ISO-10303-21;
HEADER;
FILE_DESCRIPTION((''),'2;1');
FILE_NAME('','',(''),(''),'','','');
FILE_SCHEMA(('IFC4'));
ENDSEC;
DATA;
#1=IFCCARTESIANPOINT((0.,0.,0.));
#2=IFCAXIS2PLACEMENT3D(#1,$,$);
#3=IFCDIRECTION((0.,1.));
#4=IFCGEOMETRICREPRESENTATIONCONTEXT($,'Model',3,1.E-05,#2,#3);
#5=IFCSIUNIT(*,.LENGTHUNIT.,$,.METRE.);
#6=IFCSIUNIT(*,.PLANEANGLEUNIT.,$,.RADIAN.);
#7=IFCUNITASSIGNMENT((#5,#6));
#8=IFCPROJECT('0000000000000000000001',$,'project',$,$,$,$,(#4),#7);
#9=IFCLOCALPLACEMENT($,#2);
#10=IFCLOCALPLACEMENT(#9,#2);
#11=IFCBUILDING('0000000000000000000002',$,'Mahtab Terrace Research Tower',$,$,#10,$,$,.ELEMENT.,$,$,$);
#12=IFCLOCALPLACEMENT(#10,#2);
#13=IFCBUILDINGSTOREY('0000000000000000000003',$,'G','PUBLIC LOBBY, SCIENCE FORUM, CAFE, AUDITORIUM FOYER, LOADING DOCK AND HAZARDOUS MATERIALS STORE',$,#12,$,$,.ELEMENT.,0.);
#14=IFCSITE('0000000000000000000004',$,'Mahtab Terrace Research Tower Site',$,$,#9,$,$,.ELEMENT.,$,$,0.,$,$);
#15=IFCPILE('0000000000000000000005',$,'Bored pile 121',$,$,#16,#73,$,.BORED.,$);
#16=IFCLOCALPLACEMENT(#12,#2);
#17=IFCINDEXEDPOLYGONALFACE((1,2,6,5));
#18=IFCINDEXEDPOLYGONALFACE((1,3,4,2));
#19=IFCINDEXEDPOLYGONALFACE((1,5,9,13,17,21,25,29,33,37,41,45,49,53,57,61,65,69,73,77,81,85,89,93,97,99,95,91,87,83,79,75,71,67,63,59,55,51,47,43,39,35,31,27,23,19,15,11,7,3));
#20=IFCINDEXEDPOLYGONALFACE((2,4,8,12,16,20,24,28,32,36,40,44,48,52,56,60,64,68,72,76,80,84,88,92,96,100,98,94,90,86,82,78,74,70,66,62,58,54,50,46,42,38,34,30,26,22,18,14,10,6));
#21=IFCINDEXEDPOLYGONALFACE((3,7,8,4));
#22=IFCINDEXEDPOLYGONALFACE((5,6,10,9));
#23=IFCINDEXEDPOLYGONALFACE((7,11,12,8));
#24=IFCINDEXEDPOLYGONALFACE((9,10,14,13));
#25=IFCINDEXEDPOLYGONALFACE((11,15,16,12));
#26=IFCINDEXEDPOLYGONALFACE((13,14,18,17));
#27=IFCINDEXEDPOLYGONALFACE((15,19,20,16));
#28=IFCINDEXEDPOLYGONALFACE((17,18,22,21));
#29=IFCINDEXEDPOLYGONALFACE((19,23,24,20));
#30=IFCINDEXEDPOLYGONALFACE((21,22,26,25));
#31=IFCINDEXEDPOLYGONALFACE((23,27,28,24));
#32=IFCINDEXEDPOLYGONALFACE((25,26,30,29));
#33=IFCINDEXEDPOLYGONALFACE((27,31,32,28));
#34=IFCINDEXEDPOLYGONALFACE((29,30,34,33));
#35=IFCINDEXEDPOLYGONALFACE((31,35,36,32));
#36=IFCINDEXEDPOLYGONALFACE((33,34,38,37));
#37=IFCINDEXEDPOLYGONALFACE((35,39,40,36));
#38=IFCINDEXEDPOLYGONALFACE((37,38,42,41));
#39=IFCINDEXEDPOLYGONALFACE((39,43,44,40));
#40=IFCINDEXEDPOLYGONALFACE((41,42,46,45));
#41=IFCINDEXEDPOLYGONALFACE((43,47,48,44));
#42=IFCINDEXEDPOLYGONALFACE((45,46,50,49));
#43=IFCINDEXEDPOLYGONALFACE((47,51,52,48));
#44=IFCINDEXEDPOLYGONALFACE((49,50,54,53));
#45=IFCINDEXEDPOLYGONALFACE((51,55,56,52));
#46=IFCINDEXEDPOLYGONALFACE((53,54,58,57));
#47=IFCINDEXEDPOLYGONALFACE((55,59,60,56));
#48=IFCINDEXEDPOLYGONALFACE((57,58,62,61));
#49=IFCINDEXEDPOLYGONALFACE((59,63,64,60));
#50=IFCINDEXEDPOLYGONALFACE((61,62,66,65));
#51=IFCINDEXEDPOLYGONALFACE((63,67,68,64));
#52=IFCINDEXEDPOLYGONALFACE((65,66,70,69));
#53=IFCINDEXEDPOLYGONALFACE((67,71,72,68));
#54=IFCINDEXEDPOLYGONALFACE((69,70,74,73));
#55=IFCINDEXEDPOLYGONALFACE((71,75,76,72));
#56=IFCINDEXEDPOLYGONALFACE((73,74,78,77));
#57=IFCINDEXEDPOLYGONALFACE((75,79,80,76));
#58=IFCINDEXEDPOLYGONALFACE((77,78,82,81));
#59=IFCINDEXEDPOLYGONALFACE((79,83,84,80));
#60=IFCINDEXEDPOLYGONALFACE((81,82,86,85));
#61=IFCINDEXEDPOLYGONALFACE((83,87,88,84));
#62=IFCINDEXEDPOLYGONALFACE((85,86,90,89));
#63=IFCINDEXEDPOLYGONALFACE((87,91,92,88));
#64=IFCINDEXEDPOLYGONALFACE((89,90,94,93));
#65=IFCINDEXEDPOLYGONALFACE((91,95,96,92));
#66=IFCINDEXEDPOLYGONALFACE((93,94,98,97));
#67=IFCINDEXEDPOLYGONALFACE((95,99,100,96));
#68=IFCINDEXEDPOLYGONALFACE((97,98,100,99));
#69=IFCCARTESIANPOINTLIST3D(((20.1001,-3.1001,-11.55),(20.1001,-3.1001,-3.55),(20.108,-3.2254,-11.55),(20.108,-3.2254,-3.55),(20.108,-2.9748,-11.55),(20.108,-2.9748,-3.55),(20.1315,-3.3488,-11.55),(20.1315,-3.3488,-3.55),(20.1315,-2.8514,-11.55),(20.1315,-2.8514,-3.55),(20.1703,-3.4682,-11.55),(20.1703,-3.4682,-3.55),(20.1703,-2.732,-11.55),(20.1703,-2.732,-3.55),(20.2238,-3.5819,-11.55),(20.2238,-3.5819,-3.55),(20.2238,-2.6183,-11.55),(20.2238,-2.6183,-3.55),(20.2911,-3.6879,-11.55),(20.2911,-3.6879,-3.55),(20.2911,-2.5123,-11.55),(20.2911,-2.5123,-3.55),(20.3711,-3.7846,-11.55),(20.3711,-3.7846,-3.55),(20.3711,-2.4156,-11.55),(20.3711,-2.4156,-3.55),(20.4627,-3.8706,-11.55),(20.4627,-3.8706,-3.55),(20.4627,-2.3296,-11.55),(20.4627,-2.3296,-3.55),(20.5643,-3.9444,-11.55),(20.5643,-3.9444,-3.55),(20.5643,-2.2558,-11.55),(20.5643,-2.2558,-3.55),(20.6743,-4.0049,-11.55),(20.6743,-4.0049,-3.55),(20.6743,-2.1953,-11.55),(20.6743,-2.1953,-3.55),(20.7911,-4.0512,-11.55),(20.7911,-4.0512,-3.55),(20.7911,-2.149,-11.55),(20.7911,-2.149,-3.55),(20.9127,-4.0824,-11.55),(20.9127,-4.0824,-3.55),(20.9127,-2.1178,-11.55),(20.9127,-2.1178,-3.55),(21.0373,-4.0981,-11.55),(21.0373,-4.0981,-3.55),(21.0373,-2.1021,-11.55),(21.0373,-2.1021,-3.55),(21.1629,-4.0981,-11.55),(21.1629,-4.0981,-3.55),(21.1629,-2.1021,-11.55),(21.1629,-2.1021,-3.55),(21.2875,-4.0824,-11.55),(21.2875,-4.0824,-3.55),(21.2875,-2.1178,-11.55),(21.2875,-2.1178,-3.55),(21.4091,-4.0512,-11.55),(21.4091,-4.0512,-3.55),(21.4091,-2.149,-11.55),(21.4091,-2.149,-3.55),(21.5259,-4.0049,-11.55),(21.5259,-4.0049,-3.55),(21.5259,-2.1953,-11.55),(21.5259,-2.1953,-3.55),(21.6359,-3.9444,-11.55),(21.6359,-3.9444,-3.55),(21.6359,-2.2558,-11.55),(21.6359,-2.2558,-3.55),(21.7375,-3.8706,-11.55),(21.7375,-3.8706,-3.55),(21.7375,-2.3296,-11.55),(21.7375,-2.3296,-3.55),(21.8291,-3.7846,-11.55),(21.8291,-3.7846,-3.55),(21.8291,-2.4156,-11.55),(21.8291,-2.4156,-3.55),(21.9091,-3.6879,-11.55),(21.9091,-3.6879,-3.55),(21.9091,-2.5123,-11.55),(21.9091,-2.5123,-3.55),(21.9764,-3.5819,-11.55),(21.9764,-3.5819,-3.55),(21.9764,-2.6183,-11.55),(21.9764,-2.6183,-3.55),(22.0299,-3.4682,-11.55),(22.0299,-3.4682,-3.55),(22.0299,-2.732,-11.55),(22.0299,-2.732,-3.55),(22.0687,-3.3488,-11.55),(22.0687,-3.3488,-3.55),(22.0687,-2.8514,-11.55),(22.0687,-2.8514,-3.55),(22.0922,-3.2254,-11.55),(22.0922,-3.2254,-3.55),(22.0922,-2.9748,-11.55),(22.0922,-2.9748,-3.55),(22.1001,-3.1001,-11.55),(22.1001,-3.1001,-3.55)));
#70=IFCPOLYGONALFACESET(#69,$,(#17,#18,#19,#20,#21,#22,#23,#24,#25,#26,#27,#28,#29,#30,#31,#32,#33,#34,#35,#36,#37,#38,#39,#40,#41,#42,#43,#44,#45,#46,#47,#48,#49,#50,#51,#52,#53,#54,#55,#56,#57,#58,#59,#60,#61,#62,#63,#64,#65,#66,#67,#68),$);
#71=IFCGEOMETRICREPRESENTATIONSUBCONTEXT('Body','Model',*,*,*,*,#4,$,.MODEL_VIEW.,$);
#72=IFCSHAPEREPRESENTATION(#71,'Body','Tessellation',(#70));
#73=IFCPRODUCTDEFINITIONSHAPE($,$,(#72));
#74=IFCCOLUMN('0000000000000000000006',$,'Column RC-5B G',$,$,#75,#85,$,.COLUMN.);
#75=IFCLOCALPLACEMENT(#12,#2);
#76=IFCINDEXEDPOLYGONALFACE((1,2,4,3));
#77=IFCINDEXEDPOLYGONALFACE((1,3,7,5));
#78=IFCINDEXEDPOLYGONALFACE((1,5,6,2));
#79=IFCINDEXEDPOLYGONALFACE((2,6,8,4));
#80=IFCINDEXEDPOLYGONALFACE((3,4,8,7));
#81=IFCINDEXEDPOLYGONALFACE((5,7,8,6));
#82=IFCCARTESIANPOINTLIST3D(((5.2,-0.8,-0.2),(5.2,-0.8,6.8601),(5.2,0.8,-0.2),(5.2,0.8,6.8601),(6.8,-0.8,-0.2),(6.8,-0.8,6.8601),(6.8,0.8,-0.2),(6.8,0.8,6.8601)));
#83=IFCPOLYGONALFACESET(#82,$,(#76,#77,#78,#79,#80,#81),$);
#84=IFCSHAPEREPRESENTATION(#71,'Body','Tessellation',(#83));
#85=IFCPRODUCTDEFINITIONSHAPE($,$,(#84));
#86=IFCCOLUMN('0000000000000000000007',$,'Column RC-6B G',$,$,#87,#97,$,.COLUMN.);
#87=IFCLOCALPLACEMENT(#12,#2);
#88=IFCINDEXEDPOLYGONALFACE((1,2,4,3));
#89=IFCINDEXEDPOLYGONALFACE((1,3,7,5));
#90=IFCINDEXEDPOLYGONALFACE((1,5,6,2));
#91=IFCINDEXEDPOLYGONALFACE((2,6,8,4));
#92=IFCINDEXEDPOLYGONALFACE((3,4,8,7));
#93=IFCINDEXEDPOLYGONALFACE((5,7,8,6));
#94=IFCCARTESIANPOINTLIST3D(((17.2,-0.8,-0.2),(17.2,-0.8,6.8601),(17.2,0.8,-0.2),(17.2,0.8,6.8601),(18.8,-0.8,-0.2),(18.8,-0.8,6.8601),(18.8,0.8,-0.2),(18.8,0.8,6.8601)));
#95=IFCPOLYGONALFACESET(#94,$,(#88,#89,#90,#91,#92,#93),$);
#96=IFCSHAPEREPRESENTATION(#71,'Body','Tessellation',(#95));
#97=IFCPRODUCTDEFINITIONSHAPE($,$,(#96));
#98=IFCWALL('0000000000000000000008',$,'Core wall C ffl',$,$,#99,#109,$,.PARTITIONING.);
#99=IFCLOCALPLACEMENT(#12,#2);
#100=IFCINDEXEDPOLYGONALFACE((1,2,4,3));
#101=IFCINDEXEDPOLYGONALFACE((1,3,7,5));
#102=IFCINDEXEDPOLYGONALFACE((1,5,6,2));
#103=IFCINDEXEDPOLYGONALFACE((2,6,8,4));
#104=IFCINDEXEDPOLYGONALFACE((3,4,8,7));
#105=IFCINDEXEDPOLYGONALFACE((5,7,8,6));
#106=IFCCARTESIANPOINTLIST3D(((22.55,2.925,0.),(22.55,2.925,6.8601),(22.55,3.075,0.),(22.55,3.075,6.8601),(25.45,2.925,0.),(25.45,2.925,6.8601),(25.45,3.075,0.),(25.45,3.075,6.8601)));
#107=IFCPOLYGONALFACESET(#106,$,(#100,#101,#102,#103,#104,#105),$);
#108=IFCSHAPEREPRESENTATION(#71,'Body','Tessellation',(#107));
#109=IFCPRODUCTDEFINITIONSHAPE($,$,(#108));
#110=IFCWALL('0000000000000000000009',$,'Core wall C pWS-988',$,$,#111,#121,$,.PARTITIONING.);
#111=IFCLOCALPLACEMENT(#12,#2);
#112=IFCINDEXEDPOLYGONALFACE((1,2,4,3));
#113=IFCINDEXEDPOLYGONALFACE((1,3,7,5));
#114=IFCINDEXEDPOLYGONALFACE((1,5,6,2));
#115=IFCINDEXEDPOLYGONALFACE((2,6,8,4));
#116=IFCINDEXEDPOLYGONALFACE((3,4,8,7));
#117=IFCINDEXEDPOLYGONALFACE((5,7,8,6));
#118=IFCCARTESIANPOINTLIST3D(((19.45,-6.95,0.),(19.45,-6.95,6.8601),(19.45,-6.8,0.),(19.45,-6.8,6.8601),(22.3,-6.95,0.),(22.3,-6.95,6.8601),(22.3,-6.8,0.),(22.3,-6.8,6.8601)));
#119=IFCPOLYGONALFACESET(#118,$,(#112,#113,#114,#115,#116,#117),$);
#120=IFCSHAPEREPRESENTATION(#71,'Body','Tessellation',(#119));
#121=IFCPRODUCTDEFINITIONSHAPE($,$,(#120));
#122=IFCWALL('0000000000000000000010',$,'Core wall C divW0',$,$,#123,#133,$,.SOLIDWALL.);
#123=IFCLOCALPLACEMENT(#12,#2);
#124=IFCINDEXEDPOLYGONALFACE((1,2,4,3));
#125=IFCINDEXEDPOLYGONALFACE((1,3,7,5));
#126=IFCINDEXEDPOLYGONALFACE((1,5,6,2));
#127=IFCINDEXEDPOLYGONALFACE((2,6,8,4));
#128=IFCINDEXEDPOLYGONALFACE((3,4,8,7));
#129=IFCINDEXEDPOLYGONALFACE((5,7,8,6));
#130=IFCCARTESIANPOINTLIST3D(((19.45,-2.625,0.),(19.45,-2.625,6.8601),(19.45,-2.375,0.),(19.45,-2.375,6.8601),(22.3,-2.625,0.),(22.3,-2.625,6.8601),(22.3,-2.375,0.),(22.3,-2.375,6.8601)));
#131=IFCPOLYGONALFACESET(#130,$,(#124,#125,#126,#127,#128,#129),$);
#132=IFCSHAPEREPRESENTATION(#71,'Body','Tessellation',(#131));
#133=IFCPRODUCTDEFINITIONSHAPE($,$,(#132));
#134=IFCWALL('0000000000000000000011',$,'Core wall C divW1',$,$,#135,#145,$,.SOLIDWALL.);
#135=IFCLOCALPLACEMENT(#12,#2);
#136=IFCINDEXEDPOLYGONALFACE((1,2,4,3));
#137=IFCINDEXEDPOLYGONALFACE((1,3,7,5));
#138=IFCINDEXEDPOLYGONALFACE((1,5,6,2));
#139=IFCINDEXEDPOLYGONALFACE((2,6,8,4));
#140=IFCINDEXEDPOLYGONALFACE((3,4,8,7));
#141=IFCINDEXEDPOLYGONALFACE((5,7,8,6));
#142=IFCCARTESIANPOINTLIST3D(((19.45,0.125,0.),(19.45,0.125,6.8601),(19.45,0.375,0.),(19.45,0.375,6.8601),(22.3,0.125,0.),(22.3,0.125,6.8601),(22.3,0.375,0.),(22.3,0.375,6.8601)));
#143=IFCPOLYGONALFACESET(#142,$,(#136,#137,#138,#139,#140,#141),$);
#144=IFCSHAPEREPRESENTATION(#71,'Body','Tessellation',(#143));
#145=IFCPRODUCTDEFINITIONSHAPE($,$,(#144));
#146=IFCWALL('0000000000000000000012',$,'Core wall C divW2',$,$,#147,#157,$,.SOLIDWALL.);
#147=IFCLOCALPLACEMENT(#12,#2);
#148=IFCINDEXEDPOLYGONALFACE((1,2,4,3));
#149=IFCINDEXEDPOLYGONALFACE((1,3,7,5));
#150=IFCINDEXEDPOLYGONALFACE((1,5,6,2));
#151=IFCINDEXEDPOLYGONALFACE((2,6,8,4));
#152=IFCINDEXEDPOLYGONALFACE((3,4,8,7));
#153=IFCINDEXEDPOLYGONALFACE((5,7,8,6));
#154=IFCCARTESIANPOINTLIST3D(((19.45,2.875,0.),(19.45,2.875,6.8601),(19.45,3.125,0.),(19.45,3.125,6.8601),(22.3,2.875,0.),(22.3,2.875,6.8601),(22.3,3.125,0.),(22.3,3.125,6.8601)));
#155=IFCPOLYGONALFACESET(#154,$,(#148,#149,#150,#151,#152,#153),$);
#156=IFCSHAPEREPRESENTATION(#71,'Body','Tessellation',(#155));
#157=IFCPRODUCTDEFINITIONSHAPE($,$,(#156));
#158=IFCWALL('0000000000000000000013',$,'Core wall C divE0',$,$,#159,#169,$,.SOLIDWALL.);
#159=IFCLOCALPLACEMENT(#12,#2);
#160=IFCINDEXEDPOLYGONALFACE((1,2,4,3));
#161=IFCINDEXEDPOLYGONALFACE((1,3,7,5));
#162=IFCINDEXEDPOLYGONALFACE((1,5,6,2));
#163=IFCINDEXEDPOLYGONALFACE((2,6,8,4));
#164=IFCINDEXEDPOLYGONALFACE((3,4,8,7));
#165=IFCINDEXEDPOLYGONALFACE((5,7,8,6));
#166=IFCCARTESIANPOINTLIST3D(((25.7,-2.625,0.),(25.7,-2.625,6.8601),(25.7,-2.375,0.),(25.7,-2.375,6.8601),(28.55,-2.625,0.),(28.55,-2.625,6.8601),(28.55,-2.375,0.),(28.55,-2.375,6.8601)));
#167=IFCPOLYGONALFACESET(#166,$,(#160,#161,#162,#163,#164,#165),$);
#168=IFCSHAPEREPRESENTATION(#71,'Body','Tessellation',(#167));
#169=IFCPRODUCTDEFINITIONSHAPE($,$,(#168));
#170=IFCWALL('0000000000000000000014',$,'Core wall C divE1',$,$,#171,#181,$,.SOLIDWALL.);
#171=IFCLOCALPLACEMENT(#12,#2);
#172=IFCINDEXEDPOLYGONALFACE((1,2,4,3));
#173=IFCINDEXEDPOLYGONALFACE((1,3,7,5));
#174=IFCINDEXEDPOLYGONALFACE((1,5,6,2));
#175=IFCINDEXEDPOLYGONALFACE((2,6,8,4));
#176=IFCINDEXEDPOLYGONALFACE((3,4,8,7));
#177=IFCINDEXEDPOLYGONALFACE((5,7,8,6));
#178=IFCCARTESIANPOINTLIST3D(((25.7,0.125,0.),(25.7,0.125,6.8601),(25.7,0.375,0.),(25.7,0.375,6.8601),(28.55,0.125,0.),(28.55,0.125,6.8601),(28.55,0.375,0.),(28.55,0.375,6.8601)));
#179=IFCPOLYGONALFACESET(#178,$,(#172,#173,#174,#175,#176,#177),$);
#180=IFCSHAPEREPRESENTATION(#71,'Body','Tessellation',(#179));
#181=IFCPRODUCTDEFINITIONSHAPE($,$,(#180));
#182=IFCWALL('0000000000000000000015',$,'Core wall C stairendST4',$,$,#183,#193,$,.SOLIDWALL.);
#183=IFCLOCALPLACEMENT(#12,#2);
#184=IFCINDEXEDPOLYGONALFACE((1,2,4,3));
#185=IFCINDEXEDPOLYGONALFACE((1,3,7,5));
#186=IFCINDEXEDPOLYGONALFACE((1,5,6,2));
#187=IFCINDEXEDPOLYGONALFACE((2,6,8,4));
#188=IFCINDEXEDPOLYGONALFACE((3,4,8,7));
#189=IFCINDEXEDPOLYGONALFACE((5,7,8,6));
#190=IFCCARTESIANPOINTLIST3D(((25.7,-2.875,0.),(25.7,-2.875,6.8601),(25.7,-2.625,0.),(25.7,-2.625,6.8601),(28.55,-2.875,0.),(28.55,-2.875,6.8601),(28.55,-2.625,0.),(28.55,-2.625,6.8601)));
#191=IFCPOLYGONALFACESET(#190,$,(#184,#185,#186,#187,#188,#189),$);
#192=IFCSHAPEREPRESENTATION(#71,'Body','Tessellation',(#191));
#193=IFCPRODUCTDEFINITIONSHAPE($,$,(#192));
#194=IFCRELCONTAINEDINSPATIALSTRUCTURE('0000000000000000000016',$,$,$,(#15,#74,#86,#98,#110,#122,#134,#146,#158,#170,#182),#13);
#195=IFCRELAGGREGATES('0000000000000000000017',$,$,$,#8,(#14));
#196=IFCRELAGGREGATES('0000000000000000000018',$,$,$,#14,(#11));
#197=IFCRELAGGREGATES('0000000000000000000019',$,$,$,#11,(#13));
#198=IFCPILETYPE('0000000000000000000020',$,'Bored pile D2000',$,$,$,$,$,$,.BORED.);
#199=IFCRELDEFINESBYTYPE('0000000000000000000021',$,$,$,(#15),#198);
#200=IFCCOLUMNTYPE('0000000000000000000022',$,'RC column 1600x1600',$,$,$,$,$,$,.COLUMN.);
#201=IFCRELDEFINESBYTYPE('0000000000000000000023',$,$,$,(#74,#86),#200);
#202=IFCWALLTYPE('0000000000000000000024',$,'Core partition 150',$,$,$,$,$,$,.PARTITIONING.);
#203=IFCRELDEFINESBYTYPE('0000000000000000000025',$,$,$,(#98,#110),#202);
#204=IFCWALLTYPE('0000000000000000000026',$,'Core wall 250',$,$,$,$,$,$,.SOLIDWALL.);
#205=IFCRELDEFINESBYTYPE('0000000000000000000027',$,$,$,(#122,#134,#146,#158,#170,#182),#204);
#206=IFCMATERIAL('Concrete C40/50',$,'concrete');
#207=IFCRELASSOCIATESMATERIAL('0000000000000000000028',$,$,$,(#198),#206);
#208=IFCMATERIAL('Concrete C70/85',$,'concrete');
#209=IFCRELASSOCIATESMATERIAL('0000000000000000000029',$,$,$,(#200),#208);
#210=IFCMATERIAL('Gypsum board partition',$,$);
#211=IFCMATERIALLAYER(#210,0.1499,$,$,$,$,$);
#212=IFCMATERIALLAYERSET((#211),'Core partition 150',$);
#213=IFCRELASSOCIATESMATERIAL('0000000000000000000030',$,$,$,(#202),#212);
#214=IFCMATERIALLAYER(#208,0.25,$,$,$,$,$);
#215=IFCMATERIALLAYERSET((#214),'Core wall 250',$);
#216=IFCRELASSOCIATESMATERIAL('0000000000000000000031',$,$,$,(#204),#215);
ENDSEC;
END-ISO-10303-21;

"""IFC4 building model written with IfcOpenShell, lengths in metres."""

from ifc_helpers import new_model, si_unit, direction, frame, frame_2d, origin, origin_2d, place, context, subcontext, project, spatial, rectangle, circle, extrude, material, layer, layer_set, material_profile, profile_set, type_object, element, save


model = new_model("IFC4")

# Units and contexts
model_context = context("Model", 3, precision=1e-05, world=origin(), true_north=direction((0.0, 1.0)))
body_context = subcontext(model_context, "Body", "Model", "MODEL_VIEW")
ifc_project = project(units=[si_unit("LENGTHUNIT", "METRE"), si_unit("PLANEANGLEUNIT", "RADIAN")], contexts=[model_context])

# Site, building, storey
site_placement = place(None, origin())
site = spatial("IfcSite", under=ifc_project, at=site_placement, Name="Mahtab Terrace Research Tower Site", CompositionType="ELEMENT", RefElevation=0.0)
building_placement = place(site_placement, origin())
building = spatial("IfcBuilding", under=site, at=building_placement, Name="Mahtab Terrace Research Tower", CompositionType="ELEMENT")
storey_placement = place(building_placement, origin())
storey = spatial("IfcBuildingStorey", under=building, at=storey_placement, Name="G", Description="PUBLIC LOBBY, SCIENCE FORUM, CAFE, AUDITORIUM FOYER, LOADING DOCK AND HAZARDOUS MATERIALS STORE", CompositionType="ELEMENT", Elevation=0.0)

# Pile
ifc_material_1 = material(Name="Concrete C40/50", Category="concrete")
ifc_material_profile_1 = material_profile(ifc_material_1, circle(Radius=1.0, at=origin_2d()), Name="Bored pile D2000")
ifc_profile_set_1 = profile_set([ifc_material_profile_1], Name="Concrete C40/50")
pile_type = type_object("IfcPileType", Name="Bored pile D2000", PredefinedType="BORED", material=ifc_profile_set_1)
for number, where, z_axis, x_axis, name in (
    (1, (21.1001, -3.1001, -3.55), (0.0, 0.0, -1.0), (1.0, 0.0, 0.0), "Bored pile 121"),
):
    element("IfcPile", number, at=place(storey_placement, frame(where, z_axis=z_axis, x_axis=x_axis)), inside=storey, type_object=pile_type, Name=name, PredefinedType="BORED", context=body_context, shape_type="SweptSolid", body=[
        extrude(circle(Radius=1.0, at=origin_2d()), origin(), (0.0, 0.0, 1.0), 8.0),
    ])

# Columns
ifc_material_2 = material(Name="Concrete C70/85", Category="concrete")
ifc_material_profile_2 = material_profile(ifc_material_2, rectangle(XDim=1.6001, YDim=1.6001, at=origin_2d()), Name="RC column 1600x1600")
ifc_profile_set_2 = profile_set([ifc_material_profile_2], Name="Concrete C70/85")
column_type = type_object("IfcColumnType", Name="RC column 1600x1600", PredefinedType="COLUMN", material=ifc_profile_set_2)
for number, where, z_axis, x_axis, name in (
    (2, (6.0, 0.0, -0.2), (0.0, 0.0, 1.0), (1.0, 0.0, 0.0), "Column RC-5B G"),
    (3, (18.0, 0.0, -0.2), (0.0, 0.0, 1.0), (1.0, 0.0, 0.0), "Column RC-6B G"),
):
    element("IfcColumn", number, at=place(storey_placement, frame(where, z_axis=z_axis, x_axis=x_axis)), inside=storey, type_object=column_type, Name=name, PredefinedType="COLUMN", context=body_context, shape_type="SweptSolid", body=[
        extrude(rectangle(XDim=1.6001, YDim=1.6001, at=origin_2d()), origin(), (0.0, 0.0, 1.0), 7.0601),
    ])

# Walls
ifc_material_3 = material(Name="Gypsum board partition")
ifc_layer_1 = layer(ifc_material_3, 0.1499)
ifc_layer_set_1 = layer_set([ifc_layer_1], Name="Core partition 150")
wall_type_1 = type_object("IfcWallType", Name="Core partition 150", PredefinedType="PARTITIONING", material=ifc_layer_set_1)
wall_1_placement = place(storey_placement, frame((22.55, 3.0, 0.0), z_axis=(0.0, 0.0, 1.0), x_axis=(1.0, 0.0, 0.0)))
element("IfcWall", 4, at=wall_1_placement, inside=storey, type_object=wall_type_1, Name="Core wall C ffl", PredefinedType="PARTITIONING", context=body_context, shape_type="SweptSolid", body=[
    extrude(rectangle(XDim=2.8999, YDim=0.1499, at=frame_2d((1.45, 0.0))), origin(), (0.0, 0.0, 1.0), 6.8601),
])
wall_2_placement = place(storey_placement, frame((19.45, -6.875, 0.0), z_axis=(0.0, 0.0, 1.0), x_axis=(1.0, 0.0, 0.0)))
element("IfcWall", 5, at=wall_2_placement, inside=storey, type_object=wall_type_1, Name="Core wall C pWS-988", PredefinedType="PARTITIONING", context=body_context, shape_type="SweptSolid", body=[
    extrude(rectangle(XDim=2.8501, YDim=0.1499, at=frame_2d((1.425, 0.0))), origin(), (0.0, 0.0, 1.0), 6.8601),
])
ifc_layer_2 = layer(ifc_material_2, 0.25)
ifc_layer_set_2 = layer_set([ifc_layer_2], Name="Core wall 250")
wall_type_2 = type_object("IfcWallType", Name="Core wall 250", PredefinedType="SOLIDWALL", material=ifc_layer_set_2)
for number, where, z_axis, x_axis, name in (
    (6, (19.45, -2.5, 0.0), (0.0, 0.0, 1.0), (1.0, 0.0, 0.0), "Core wall C divW0"),
    (7, (19.45, 0.25, 0.0), (0.0, 0.0, 1.0), (1.0, 0.0, 0.0), "Core wall C divW1"),
    (8, (19.45, 3.0, 0.0), (0.0, 0.0, 1.0), (1.0, 0.0, 0.0), "Core wall C divW2"),
    (9, (25.7, -2.5, 0.0), (0.0, 0.0, 1.0), (1.0, 0.0, 0.0), "Core wall C divE0"),
    (10, (25.7, 0.25, 0.0), (0.0, 0.0, 1.0), (1.0, 0.0, 0.0), "Core wall C divE1"),
    (11, (25.7, -2.75, 0.0), (0.0, 0.0, 1.0), (1.0, 0.0, 0.0), "Core wall C stairendST4"),
):
    element("IfcWall", number, at=place(storey_placement, frame(where, z_axis=z_axis, x_axis=x_axis)), inside=storey, type_object=wall_type_2, Name=name, PredefinedType="SOLIDWALL", context=body_context, shape_type="SweptSolid", body=[
        extrude(rectangle(XDim=2.8501, YDim=0.25, at=frame_2d((1.425, 0.0))), origin(), (0.0, 0.0, 1.0), 6.8601),
    ])

save(model, "model.ifc")
